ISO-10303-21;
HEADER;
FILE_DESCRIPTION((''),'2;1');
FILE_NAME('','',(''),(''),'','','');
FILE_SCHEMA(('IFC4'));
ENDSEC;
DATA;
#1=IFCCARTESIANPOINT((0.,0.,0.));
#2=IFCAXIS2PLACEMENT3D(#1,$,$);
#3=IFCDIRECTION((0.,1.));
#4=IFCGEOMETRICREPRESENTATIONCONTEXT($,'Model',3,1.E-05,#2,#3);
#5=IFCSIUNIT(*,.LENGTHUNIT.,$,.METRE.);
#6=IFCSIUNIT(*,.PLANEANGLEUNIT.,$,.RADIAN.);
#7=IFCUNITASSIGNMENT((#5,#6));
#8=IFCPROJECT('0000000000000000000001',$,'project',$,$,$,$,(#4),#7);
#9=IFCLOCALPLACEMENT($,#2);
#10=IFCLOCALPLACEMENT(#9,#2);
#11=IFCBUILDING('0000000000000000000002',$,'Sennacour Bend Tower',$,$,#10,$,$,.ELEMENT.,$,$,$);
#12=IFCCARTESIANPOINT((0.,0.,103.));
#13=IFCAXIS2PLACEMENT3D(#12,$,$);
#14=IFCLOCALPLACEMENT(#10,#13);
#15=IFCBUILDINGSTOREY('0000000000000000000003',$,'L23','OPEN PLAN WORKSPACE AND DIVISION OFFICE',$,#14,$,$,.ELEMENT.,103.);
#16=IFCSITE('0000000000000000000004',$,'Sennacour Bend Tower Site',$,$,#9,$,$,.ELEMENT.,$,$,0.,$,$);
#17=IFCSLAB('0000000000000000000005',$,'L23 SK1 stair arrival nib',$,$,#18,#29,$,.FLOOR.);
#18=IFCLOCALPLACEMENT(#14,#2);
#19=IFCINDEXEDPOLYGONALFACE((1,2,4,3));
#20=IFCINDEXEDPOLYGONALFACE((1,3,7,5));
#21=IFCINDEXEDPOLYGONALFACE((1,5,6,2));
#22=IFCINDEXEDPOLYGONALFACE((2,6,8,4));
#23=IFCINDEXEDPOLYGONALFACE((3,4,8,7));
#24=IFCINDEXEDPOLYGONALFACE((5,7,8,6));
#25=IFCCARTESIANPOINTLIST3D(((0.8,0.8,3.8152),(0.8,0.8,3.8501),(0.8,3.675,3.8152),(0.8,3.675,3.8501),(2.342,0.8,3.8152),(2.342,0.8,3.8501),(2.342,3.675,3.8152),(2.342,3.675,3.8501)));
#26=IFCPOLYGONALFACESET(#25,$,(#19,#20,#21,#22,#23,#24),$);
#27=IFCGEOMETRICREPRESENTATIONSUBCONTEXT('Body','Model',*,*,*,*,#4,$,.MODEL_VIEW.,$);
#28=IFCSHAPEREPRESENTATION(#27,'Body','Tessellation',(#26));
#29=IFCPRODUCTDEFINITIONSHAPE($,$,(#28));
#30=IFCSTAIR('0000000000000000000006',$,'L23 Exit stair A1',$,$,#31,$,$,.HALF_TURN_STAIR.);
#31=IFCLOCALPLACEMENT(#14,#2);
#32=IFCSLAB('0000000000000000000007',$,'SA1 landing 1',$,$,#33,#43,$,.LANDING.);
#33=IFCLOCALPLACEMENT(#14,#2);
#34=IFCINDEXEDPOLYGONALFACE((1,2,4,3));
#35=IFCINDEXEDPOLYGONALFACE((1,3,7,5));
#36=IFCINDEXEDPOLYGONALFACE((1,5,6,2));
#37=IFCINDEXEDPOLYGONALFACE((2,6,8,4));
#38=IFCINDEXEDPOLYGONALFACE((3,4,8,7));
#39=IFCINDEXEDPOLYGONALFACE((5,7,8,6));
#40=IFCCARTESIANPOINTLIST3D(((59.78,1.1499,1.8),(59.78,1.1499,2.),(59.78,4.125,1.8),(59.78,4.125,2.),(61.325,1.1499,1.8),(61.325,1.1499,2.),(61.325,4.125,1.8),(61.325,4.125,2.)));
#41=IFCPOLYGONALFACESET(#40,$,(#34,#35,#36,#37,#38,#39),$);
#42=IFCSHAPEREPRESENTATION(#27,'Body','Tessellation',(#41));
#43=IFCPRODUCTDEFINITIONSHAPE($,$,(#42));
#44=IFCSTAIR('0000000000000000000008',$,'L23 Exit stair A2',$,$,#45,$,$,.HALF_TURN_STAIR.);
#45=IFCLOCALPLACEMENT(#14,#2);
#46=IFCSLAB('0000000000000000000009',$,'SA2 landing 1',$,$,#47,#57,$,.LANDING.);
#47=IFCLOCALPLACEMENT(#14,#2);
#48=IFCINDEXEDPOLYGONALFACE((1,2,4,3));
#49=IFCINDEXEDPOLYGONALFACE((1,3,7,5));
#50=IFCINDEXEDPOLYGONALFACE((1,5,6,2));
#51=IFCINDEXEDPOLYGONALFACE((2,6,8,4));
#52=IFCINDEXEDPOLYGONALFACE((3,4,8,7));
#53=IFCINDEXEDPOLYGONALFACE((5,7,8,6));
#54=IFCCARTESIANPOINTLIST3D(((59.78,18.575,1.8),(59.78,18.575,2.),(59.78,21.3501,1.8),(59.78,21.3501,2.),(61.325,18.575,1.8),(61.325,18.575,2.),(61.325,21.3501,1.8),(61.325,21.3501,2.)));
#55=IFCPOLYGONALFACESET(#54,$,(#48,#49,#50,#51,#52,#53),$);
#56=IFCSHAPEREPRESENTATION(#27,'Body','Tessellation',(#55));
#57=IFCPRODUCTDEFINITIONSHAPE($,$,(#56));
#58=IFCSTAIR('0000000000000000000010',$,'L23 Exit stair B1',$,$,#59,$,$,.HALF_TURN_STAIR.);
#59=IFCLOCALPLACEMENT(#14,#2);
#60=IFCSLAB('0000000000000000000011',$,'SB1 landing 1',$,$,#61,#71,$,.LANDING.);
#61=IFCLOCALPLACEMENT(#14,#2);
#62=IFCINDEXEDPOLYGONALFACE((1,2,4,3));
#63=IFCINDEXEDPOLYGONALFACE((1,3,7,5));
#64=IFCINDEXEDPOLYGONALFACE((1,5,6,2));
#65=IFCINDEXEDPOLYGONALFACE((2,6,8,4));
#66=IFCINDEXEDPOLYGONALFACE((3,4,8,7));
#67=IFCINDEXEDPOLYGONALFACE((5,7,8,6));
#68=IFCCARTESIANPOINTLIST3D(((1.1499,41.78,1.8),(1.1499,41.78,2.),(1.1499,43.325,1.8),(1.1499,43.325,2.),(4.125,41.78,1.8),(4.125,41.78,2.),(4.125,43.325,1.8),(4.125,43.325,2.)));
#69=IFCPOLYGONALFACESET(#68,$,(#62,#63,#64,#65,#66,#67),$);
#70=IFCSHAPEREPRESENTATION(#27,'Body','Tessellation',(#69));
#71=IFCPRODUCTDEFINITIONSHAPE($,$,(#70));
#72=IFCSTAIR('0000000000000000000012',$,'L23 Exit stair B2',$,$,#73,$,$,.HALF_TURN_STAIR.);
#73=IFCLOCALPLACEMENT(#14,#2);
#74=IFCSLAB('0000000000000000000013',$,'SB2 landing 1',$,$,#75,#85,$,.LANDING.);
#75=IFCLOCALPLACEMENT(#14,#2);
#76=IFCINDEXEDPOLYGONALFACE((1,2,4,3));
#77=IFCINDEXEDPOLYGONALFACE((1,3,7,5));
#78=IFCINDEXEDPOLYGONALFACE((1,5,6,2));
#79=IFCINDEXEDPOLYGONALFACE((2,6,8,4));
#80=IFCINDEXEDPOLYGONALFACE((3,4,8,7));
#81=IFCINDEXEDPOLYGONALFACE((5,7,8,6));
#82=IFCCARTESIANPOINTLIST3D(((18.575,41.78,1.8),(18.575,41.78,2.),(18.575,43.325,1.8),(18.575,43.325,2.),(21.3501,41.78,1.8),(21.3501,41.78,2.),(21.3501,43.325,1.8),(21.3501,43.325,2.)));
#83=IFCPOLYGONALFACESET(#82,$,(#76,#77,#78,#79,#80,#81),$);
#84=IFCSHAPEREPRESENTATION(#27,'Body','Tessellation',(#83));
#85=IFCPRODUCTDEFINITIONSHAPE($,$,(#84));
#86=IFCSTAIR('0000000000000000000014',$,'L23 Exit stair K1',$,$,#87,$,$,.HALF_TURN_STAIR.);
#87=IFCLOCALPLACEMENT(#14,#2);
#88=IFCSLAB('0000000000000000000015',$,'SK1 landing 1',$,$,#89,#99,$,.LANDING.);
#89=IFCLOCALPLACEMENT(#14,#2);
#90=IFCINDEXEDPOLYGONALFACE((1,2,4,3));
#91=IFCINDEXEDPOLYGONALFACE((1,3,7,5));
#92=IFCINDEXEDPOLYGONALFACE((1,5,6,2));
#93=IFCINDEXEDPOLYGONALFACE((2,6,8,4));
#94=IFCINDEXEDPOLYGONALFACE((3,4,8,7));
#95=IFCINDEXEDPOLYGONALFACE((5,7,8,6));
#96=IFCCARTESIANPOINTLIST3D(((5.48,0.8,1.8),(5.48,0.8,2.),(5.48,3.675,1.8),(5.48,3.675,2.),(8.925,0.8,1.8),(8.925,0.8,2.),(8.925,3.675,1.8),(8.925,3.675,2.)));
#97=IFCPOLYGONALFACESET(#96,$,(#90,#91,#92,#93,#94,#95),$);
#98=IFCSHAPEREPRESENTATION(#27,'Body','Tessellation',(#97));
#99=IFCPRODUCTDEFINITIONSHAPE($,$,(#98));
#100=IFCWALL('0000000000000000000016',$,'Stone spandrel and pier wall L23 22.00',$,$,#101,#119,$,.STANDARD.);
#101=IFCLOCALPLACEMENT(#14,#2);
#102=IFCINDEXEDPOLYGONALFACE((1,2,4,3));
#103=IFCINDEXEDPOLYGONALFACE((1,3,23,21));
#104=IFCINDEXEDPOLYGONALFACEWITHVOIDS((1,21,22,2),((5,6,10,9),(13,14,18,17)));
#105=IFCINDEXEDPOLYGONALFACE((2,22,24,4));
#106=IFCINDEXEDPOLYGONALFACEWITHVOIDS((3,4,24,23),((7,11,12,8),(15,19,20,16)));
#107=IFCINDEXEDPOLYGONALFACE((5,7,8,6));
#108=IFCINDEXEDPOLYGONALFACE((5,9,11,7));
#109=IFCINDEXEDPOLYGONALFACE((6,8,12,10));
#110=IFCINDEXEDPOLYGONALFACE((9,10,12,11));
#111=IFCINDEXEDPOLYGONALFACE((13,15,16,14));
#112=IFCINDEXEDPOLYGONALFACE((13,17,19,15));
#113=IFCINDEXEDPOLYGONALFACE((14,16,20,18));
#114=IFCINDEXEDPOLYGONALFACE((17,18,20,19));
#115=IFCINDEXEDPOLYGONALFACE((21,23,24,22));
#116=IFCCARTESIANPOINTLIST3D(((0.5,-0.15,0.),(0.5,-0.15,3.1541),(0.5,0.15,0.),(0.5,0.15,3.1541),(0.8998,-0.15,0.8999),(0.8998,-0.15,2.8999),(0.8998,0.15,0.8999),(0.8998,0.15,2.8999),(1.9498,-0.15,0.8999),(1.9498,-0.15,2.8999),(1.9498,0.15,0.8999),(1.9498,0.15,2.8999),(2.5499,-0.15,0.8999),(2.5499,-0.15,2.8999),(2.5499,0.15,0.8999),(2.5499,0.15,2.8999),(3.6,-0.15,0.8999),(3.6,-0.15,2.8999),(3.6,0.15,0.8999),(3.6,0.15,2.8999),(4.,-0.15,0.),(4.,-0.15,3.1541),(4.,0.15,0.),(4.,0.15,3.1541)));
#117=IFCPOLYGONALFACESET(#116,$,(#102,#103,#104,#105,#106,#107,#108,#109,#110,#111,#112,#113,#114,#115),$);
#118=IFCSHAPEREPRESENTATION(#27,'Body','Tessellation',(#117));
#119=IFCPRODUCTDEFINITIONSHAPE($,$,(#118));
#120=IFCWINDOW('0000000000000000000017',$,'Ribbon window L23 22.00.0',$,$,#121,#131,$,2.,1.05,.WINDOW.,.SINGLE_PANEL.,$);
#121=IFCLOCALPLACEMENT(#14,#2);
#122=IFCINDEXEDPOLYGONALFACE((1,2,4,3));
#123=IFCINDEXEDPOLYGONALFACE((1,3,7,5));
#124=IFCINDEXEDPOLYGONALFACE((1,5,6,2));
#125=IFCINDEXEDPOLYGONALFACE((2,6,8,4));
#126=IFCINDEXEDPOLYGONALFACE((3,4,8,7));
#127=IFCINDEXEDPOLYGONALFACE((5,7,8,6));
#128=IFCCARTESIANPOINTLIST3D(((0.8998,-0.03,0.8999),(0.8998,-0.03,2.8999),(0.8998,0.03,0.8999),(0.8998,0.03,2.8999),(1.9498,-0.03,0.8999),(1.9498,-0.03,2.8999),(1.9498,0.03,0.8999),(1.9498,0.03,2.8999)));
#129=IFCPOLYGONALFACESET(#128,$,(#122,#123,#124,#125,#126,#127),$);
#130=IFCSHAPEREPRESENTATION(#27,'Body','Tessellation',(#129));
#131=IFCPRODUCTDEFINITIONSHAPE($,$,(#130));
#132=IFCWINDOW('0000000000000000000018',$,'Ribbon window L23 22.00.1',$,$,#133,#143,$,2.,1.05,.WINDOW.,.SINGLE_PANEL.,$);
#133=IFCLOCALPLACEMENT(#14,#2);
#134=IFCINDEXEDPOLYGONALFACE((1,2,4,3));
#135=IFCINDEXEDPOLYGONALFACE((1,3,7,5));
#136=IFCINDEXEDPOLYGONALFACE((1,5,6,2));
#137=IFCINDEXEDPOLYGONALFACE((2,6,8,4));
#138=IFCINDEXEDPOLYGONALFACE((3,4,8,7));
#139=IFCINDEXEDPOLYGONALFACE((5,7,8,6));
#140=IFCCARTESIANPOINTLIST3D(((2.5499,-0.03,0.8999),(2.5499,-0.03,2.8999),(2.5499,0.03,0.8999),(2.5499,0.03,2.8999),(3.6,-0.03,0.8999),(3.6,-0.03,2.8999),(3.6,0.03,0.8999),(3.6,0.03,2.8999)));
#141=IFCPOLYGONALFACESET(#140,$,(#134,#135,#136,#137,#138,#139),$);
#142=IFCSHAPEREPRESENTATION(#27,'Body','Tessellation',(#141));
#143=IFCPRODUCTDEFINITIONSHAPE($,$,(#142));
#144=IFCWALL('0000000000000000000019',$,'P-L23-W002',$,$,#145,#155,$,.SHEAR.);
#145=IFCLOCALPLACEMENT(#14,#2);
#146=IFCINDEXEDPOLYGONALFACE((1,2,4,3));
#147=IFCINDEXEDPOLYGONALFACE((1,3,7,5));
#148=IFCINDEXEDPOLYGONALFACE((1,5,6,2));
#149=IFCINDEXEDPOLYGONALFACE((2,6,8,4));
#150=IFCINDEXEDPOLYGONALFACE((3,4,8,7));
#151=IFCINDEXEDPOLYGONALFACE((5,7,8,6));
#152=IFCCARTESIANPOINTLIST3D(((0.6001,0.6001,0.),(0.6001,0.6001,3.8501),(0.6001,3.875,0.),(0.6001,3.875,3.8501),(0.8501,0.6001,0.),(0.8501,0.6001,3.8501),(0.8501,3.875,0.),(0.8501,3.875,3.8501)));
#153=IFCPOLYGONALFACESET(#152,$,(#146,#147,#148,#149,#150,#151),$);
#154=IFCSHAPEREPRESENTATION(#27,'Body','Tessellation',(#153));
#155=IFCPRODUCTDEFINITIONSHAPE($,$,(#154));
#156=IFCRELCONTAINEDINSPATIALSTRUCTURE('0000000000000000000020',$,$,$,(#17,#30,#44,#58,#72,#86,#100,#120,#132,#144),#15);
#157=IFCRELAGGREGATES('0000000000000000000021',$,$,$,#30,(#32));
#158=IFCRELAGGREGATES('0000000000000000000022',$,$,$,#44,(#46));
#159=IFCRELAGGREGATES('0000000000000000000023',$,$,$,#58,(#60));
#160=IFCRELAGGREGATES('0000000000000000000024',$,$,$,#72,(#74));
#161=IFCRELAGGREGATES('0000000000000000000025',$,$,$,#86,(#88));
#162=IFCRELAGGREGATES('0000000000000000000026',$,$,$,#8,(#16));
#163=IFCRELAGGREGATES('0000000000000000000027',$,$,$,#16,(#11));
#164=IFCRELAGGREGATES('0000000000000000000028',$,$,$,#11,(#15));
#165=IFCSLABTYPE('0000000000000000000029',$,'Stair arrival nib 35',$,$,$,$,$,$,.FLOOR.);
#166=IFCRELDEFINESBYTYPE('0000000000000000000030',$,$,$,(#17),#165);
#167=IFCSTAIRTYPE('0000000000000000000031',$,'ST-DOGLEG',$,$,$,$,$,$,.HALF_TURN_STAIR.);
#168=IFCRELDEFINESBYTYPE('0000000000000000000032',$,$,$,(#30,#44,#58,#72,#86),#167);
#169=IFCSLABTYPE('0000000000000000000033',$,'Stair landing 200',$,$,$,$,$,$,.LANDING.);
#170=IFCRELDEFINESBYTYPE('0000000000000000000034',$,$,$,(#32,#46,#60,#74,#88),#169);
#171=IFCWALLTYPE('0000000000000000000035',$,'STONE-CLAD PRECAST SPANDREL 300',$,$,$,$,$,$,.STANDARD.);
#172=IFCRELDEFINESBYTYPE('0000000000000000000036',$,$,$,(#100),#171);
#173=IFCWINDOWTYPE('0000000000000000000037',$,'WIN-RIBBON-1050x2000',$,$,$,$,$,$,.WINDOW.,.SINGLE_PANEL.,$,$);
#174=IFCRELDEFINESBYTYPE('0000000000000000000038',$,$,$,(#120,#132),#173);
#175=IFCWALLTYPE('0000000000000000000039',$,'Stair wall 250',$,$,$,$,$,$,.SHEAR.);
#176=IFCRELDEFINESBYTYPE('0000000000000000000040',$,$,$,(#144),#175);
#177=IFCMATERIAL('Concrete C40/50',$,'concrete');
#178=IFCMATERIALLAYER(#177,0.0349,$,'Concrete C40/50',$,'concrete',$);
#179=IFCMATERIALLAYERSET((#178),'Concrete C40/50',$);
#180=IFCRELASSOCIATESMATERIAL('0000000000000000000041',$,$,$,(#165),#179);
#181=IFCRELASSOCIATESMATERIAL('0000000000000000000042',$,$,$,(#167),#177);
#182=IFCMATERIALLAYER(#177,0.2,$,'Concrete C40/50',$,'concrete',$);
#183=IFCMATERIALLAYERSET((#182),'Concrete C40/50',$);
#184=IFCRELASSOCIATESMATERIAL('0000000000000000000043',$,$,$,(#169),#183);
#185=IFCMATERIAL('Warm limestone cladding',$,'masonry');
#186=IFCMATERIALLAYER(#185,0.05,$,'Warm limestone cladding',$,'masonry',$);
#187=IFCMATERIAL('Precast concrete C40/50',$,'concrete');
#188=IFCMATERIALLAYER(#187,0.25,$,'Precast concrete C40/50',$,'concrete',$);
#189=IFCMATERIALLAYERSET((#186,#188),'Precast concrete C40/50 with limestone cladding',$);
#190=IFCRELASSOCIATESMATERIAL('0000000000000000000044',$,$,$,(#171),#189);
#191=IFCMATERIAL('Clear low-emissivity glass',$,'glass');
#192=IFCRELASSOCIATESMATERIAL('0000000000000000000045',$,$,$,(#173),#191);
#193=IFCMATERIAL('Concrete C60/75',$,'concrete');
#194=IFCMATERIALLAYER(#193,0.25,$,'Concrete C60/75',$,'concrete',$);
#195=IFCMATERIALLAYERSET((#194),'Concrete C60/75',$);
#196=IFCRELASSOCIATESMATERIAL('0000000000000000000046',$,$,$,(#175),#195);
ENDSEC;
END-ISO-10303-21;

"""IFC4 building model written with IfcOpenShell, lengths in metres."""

from ifc_helpers import new_model, si_unit, direction, frame, frame_2d, origin, place, context, subcontext, project, spatial, polyline, rectangle, outline, extrude, material, layer, layer_set, type_object, element, fill, aggregate, save


model = new_model("IFC4")

# Units and contexts
model_context = context("Model", 3, precision=1e-05, world=origin(), true_north=direction((0.0, 1.0)))
body_context = subcontext(model_context, "Body", "Model", "MODEL_VIEW")
ifc_project = project(units=[si_unit("LENGTHUNIT", "METRE"), si_unit("PLANEANGLEUNIT", "RADIAN")], contexts=[model_context])

# Site, building, storey
site_placement = place(None, origin())
site = spatial("IfcSite", under=ifc_project, at=site_placement, Name="Sennacour Bend Tower Site", CompositionType="ELEMENT", RefElevation=0.0)
building_placement = place(site_placement, origin())
building = spatial("IfcBuilding", under=site, at=building_placement, Name="Sennacour Bend Tower", CompositionType="ELEMENT")
storey_placement = place(building_placement, frame((0.0, 0.0, 103.0)))
storey = spatial("IfcBuildingStorey", under=building, at=storey_placement, Name="L23", Description="OPEN PLAN WORKSPACE AND DIVISION OFFICE", CompositionType="ELEMENT", Elevation=103.0)

# Slab
ifc_material_1 = material(Name="Concrete C40/50", Category="concrete")
ifc_layer_1 = layer(ifc_material_1, 0.0349, Name="Concrete C40/50", Category="concrete")
ifc_layer_set_1 = layer_set([ifc_layer_1], Name="Concrete C40/50")
slab_type_1 = type_object("IfcSlabType", Name="Stair arrival nib 35", PredefinedType="FLOOR", material=ifc_layer_set_1)
slab_1_placement = place(storey_placement, frame((0.0, 0.0, 3.8152)))
element("IfcSlab", 1, at=slab_1_placement, inside=storey, type_object=slab_type_1, Name="L23 SK1 stair arrival nib", PredefinedType="FLOOR", context=body_context, shape_type="SweptSolid", body=[
    extrude(outline(polyline([(2.342, 3.675), (0.8, 3.675), (0.8, 0.8), (2.342, 0.8), (2.342, 3.675)])), origin(), (0.0, 0.0, 1.0), 0.0349),
])

# Stairs, slabs
stair_type = type_object("IfcStairType", Name="ST-DOGLEG", PredefinedType="HALF_TURN_STAIR", material=ifc_material_1)
stair_1_placement = place(storey_placement, origin())
stair_1 = element("IfcStair", 2, at=stair_1_placement, inside=storey, type_object=stair_type, Name="L23 Exit stair A1", PredefinedType="HALF_TURN_STAIR")
ifc_layer_2 = layer(ifc_material_1, 0.2, Name="Concrete C40/50", Category="concrete")
ifc_layer_set_2 = layer_set([ifc_layer_2], Name="Concrete C40/50")
slab_type_2 = type_object("IfcSlabType", Name="Stair landing 200", PredefinedType="LANDING", material=ifc_layer_set_2)
slab_2_placement = place(storey_placement, frame((0.0, 0.0, 1.8)))
slab_2 = element("IfcSlab", 3, at=slab_2_placement, type_object=slab_type_2, Name="SA1 landing 1", PredefinedType="LANDING", context=body_context, shape_type="SweptSolid", body=[
    extrude(outline(polyline([(59.78, 1.1499), (61.325, 1.1499), (61.325, 4.125), (59.78, 4.125), (59.78, 1.1499)])), origin(), (0.0, 0.0, 1.0), 0.2),
])
aggregate(stair_1, [slab_2])
stair_2_placement = place(storey_placement, origin())
stair_2 = element("IfcStair", 4, at=stair_2_placement, inside=storey, type_object=stair_type, Name="L23 Exit stair A2", PredefinedType="HALF_TURN_STAIR")
slab_3_placement = place(storey_placement, frame((0.0, 0.0, 1.8)))
slab_3 = element("IfcSlab", 5, at=slab_3_placement, type_object=slab_type_2, Name="SA2 landing 1", PredefinedType="LANDING", context=body_context, shape_type="SweptSolid", body=[
    extrude(outline(polyline([(59.78, 18.575), (61.325, 18.575), (61.325, 21.3501), (59.78, 21.3501), (59.78, 18.575)])), origin(), (0.0, 0.0, 1.0), 0.2),
])
aggregate(stair_2, [slab_3])
stair_3_placement = place(storey_placement, origin())
stair_3 = element("IfcStair", 6, at=stair_3_placement, inside=storey, type_object=stair_type, Name="L23 Exit stair B1", PredefinedType="HALF_TURN_STAIR")
slab_4_placement = place(storey_placement, frame((0.0, 0.0, 1.8)))
slab_4 = element("IfcSlab", 7, at=slab_4_placement, type_object=slab_type_2, Name="SB1 landing 1", PredefinedType="LANDING", context=body_context, shape_type="SweptSolid", body=[
    extrude(outline(polyline([(1.1499, 41.78), (4.125, 41.78), (4.125, 43.325), (1.1499, 43.325), (1.1499, 41.78)])), origin(), (0.0, 0.0, 1.0), 0.2),
])
aggregate(stair_3, [slab_4])
stair_4_placement = place(storey_placement, origin())
stair_4 = element("IfcStair", 8, at=stair_4_placement, inside=storey, type_object=stair_type, Name="L23 Exit stair B2", PredefinedType="HALF_TURN_STAIR")
slab_5_placement = place(storey_placement, frame((0.0, 0.0, 1.8)))
slab_5 = element("IfcSlab", 9, at=slab_5_placement, type_object=slab_type_2, Name="SB2 landing 1", PredefinedType="LANDING", context=body_context, shape_type="SweptSolid", body=[
    extrude(outline(polyline([(18.575, 41.78), (21.3501, 41.78), (21.3501, 43.325), (18.575, 43.325), (18.575, 41.78)])), origin(), (0.0, 0.0, 1.0), 0.2),
])
aggregate(stair_4, [slab_5])
stair_5_placement = place(storey_placement, origin())
stair_5 = element("IfcStair", 10, at=stair_5_placement, inside=storey, type_object=stair_type, Name="L23 Exit stair K1", PredefinedType="HALF_TURN_STAIR")
slab_6_placement = place(storey_placement, frame((0.0, 0.0, 1.8)))
slab_6 = element("IfcSlab", 11, at=slab_6_placement, type_object=slab_type_2, Name="SK1 landing 1", PredefinedType="LANDING", context=body_context, shape_type="SweptSolid", body=[
    extrude(outline(polyline([(5.48, 0.8), (8.925, 0.8), (8.925, 3.675), (5.48, 3.675), (5.48, 0.8)])), origin(), (0.0, 0.0, 1.0), 0.2),
])
aggregate(stair_5, [slab_6])

# Wall, openings, windows
ifc_material_2 = material(Name="Warm limestone cladding", Category="masonry")
ifc_layer_3 = layer(ifc_material_2, 0.05, Name="Warm limestone cladding", Category="masonry")
ifc_material_3 = material(Name="Precast concrete C40/50", Category="concrete")
ifc_layer_4 = layer(ifc_material_3, 0.25, Name="Precast concrete C40/50", Category="concrete")
ifc_layer_set_3 = layer_set([ifc_layer_3, ifc_layer_4], Name="Precast concrete C40/50 with limestone cladding")
wall_type_1 = type_object("IfcWallType", Name="STONE-CLAD PRECAST SPANDREL 300", PredefinedType="STANDARD", material=ifc_layer_set_3)
wall_1_placement = place(storey_placement, frame((0.5, 0.0, 0.0), z_axis=(0.0, 0.0, 1.0), x_axis=(1.0, 0.0, 0.0)))
wall_1 = element("IfcWall", 12, at=wall_1_placement, inside=storey, type_object=wall_type_1, Name="Stone spandrel and pier wall L23 22.00", PredefinedType="STANDARD", context=body_context, shape_type="SweptSolid", body=[
    extrude(rectangle(XDim=3.5, YDim=0.3, at=frame_2d((1.75, 0.0))), origin(), (0.0, 0.0, 1.0), 3.1541),
])
opening_1_placement = place(wall_1_placement, frame((0.3999, 0.0, 0.8999)))
opening_1 = element("IfcOpeningElement", 13, at=opening_1_placement, cuts=wall_1, PredefinedType="OPENING", context=body_context, shape_type="SweptSolid", body=[
    extrude(rectangle(XDim=1.05, YDim=2.0, at=frame_2d((0.5249, 1.0))), frame((0.0, 0.1602, 0.0), z_axis=(0.0, -1.0, 0.0), x_axis=(1.0, 0.0, 0.0)), (0.0, 0.0, 1.0), 0.3201),
])
opening_2_placement = place(wall_1_placement, frame((2.05, 0.0, 0.8999)))
opening_2 = element("IfcOpeningElement", 14, at=opening_2_placement, cuts=wall_1, PredefinedType="OPENING", context=body_context, shape_type="SweptSolid", body=[
    extrude(rectangle(XDim=1.05, YDim=2.0, at=frame_2d((0.5249, 1.0))), frame((0.0, 0.1602, 0.0), z_axis=(0.0, -1.0, 0.0), x_axis=(1.0, 0.0, 0.0)), (0.0, 0.0, 1.0), 0.3201),
])
ifc_material_4 = material(Name="Clear low-emissivity glass", Category="glass")
window_type = type_object("IfcWindowType", Name="WIN-RIBBON-1050x2000", PartitioningType="SINGLE_PANEL", PredefinedType="WINDOW", material=ifc_material_4)
window_1_placement = place(opening_1_placement, origin())
window_1 = element("IfcWindow", 15, at=window_1_placement, inside=storey, type_object=window_type, Name="Ribbon window L23 22.00.0", OverallHeight=2.0, OverallWidth=1.05, PartitioningType="SINGLE_PANEL", PredefinedType="WINDOW", context=body_context, shape_type="SweptSolid", body=[
    extrude(rectangle(XDim=1.05, YDim=2.0, at=frame_2d((0.5249, 1.0))), frame((0.0, 0.03, 0.0), z_axis=(0.0, -1.0, 0.0), x_axis=(1.0, 0.0, 0.0)), (0.0, 0.0, 1.0), 0.0601),
])
fill(opening_1, window_1)
window_2_placement = place(opening_2_placement, origin())
window_2 = element("IfcWindow", 16, at=window_2_placement, inside=storey, type_object=window_type, Name="Ribbon window L23 22.00.1", OverallHeight=2.0, OverallWidth=1.05, PartitioningType="SINGLE_PANEL", PredefinedType="WINDOW", context=body_context, shape_type="SweptSolid", body=[
    extrude(rectangle(XDim=1.05, YDim=2.0, at=frame_2d((0.5249, 1.0))), frame((0.0, 0.03, 0.0), z_axis=(0.0, -1.0, 0.0), x_axis=(1.0, 0.0, 0.0)), (0.0, 0.0, 1.0), 0.0601),
])
fill(opening_2, window_2)

# Wall
ifc_material_5 = material(Name="Concrete C60/75", Category="concrete")
ifc_layer_5 = layer(ifc_material_5, 0.25, Name="Concrete C60/75", Category="concrete")
ifc_layer_set_4 = layer_set([ifc_layer_5], Name="Concrete C60/75")
wall_type_2 = type_object("IfcWallType", Name="Stair wall 250", PredefinedType="SHEAR", material=ifc_layer_set_4)
wall_2_placement = place(storey_placement, frame((0.7251, 0.6001, 0.0), z_axis=(0.0, 0.0, 1.0), x_axis=(0.0, 1.0, 0.0)))
element("IfcWall", 17, at=wall_2_placement, inside=storey, type_object=wall_type_2, Name="P-L23-W002", PredefinedType="SHEAR", context=body_context, shape_type="SweptSolid", body=[
    extrude(rectangle(XDim=3.2749, YDim=0.25, at=frame_2d((1.6375, 0.0))), origin(), (0.0, 0.0, 1.0), 3.8501),
])

save(model, "model.ifc")
